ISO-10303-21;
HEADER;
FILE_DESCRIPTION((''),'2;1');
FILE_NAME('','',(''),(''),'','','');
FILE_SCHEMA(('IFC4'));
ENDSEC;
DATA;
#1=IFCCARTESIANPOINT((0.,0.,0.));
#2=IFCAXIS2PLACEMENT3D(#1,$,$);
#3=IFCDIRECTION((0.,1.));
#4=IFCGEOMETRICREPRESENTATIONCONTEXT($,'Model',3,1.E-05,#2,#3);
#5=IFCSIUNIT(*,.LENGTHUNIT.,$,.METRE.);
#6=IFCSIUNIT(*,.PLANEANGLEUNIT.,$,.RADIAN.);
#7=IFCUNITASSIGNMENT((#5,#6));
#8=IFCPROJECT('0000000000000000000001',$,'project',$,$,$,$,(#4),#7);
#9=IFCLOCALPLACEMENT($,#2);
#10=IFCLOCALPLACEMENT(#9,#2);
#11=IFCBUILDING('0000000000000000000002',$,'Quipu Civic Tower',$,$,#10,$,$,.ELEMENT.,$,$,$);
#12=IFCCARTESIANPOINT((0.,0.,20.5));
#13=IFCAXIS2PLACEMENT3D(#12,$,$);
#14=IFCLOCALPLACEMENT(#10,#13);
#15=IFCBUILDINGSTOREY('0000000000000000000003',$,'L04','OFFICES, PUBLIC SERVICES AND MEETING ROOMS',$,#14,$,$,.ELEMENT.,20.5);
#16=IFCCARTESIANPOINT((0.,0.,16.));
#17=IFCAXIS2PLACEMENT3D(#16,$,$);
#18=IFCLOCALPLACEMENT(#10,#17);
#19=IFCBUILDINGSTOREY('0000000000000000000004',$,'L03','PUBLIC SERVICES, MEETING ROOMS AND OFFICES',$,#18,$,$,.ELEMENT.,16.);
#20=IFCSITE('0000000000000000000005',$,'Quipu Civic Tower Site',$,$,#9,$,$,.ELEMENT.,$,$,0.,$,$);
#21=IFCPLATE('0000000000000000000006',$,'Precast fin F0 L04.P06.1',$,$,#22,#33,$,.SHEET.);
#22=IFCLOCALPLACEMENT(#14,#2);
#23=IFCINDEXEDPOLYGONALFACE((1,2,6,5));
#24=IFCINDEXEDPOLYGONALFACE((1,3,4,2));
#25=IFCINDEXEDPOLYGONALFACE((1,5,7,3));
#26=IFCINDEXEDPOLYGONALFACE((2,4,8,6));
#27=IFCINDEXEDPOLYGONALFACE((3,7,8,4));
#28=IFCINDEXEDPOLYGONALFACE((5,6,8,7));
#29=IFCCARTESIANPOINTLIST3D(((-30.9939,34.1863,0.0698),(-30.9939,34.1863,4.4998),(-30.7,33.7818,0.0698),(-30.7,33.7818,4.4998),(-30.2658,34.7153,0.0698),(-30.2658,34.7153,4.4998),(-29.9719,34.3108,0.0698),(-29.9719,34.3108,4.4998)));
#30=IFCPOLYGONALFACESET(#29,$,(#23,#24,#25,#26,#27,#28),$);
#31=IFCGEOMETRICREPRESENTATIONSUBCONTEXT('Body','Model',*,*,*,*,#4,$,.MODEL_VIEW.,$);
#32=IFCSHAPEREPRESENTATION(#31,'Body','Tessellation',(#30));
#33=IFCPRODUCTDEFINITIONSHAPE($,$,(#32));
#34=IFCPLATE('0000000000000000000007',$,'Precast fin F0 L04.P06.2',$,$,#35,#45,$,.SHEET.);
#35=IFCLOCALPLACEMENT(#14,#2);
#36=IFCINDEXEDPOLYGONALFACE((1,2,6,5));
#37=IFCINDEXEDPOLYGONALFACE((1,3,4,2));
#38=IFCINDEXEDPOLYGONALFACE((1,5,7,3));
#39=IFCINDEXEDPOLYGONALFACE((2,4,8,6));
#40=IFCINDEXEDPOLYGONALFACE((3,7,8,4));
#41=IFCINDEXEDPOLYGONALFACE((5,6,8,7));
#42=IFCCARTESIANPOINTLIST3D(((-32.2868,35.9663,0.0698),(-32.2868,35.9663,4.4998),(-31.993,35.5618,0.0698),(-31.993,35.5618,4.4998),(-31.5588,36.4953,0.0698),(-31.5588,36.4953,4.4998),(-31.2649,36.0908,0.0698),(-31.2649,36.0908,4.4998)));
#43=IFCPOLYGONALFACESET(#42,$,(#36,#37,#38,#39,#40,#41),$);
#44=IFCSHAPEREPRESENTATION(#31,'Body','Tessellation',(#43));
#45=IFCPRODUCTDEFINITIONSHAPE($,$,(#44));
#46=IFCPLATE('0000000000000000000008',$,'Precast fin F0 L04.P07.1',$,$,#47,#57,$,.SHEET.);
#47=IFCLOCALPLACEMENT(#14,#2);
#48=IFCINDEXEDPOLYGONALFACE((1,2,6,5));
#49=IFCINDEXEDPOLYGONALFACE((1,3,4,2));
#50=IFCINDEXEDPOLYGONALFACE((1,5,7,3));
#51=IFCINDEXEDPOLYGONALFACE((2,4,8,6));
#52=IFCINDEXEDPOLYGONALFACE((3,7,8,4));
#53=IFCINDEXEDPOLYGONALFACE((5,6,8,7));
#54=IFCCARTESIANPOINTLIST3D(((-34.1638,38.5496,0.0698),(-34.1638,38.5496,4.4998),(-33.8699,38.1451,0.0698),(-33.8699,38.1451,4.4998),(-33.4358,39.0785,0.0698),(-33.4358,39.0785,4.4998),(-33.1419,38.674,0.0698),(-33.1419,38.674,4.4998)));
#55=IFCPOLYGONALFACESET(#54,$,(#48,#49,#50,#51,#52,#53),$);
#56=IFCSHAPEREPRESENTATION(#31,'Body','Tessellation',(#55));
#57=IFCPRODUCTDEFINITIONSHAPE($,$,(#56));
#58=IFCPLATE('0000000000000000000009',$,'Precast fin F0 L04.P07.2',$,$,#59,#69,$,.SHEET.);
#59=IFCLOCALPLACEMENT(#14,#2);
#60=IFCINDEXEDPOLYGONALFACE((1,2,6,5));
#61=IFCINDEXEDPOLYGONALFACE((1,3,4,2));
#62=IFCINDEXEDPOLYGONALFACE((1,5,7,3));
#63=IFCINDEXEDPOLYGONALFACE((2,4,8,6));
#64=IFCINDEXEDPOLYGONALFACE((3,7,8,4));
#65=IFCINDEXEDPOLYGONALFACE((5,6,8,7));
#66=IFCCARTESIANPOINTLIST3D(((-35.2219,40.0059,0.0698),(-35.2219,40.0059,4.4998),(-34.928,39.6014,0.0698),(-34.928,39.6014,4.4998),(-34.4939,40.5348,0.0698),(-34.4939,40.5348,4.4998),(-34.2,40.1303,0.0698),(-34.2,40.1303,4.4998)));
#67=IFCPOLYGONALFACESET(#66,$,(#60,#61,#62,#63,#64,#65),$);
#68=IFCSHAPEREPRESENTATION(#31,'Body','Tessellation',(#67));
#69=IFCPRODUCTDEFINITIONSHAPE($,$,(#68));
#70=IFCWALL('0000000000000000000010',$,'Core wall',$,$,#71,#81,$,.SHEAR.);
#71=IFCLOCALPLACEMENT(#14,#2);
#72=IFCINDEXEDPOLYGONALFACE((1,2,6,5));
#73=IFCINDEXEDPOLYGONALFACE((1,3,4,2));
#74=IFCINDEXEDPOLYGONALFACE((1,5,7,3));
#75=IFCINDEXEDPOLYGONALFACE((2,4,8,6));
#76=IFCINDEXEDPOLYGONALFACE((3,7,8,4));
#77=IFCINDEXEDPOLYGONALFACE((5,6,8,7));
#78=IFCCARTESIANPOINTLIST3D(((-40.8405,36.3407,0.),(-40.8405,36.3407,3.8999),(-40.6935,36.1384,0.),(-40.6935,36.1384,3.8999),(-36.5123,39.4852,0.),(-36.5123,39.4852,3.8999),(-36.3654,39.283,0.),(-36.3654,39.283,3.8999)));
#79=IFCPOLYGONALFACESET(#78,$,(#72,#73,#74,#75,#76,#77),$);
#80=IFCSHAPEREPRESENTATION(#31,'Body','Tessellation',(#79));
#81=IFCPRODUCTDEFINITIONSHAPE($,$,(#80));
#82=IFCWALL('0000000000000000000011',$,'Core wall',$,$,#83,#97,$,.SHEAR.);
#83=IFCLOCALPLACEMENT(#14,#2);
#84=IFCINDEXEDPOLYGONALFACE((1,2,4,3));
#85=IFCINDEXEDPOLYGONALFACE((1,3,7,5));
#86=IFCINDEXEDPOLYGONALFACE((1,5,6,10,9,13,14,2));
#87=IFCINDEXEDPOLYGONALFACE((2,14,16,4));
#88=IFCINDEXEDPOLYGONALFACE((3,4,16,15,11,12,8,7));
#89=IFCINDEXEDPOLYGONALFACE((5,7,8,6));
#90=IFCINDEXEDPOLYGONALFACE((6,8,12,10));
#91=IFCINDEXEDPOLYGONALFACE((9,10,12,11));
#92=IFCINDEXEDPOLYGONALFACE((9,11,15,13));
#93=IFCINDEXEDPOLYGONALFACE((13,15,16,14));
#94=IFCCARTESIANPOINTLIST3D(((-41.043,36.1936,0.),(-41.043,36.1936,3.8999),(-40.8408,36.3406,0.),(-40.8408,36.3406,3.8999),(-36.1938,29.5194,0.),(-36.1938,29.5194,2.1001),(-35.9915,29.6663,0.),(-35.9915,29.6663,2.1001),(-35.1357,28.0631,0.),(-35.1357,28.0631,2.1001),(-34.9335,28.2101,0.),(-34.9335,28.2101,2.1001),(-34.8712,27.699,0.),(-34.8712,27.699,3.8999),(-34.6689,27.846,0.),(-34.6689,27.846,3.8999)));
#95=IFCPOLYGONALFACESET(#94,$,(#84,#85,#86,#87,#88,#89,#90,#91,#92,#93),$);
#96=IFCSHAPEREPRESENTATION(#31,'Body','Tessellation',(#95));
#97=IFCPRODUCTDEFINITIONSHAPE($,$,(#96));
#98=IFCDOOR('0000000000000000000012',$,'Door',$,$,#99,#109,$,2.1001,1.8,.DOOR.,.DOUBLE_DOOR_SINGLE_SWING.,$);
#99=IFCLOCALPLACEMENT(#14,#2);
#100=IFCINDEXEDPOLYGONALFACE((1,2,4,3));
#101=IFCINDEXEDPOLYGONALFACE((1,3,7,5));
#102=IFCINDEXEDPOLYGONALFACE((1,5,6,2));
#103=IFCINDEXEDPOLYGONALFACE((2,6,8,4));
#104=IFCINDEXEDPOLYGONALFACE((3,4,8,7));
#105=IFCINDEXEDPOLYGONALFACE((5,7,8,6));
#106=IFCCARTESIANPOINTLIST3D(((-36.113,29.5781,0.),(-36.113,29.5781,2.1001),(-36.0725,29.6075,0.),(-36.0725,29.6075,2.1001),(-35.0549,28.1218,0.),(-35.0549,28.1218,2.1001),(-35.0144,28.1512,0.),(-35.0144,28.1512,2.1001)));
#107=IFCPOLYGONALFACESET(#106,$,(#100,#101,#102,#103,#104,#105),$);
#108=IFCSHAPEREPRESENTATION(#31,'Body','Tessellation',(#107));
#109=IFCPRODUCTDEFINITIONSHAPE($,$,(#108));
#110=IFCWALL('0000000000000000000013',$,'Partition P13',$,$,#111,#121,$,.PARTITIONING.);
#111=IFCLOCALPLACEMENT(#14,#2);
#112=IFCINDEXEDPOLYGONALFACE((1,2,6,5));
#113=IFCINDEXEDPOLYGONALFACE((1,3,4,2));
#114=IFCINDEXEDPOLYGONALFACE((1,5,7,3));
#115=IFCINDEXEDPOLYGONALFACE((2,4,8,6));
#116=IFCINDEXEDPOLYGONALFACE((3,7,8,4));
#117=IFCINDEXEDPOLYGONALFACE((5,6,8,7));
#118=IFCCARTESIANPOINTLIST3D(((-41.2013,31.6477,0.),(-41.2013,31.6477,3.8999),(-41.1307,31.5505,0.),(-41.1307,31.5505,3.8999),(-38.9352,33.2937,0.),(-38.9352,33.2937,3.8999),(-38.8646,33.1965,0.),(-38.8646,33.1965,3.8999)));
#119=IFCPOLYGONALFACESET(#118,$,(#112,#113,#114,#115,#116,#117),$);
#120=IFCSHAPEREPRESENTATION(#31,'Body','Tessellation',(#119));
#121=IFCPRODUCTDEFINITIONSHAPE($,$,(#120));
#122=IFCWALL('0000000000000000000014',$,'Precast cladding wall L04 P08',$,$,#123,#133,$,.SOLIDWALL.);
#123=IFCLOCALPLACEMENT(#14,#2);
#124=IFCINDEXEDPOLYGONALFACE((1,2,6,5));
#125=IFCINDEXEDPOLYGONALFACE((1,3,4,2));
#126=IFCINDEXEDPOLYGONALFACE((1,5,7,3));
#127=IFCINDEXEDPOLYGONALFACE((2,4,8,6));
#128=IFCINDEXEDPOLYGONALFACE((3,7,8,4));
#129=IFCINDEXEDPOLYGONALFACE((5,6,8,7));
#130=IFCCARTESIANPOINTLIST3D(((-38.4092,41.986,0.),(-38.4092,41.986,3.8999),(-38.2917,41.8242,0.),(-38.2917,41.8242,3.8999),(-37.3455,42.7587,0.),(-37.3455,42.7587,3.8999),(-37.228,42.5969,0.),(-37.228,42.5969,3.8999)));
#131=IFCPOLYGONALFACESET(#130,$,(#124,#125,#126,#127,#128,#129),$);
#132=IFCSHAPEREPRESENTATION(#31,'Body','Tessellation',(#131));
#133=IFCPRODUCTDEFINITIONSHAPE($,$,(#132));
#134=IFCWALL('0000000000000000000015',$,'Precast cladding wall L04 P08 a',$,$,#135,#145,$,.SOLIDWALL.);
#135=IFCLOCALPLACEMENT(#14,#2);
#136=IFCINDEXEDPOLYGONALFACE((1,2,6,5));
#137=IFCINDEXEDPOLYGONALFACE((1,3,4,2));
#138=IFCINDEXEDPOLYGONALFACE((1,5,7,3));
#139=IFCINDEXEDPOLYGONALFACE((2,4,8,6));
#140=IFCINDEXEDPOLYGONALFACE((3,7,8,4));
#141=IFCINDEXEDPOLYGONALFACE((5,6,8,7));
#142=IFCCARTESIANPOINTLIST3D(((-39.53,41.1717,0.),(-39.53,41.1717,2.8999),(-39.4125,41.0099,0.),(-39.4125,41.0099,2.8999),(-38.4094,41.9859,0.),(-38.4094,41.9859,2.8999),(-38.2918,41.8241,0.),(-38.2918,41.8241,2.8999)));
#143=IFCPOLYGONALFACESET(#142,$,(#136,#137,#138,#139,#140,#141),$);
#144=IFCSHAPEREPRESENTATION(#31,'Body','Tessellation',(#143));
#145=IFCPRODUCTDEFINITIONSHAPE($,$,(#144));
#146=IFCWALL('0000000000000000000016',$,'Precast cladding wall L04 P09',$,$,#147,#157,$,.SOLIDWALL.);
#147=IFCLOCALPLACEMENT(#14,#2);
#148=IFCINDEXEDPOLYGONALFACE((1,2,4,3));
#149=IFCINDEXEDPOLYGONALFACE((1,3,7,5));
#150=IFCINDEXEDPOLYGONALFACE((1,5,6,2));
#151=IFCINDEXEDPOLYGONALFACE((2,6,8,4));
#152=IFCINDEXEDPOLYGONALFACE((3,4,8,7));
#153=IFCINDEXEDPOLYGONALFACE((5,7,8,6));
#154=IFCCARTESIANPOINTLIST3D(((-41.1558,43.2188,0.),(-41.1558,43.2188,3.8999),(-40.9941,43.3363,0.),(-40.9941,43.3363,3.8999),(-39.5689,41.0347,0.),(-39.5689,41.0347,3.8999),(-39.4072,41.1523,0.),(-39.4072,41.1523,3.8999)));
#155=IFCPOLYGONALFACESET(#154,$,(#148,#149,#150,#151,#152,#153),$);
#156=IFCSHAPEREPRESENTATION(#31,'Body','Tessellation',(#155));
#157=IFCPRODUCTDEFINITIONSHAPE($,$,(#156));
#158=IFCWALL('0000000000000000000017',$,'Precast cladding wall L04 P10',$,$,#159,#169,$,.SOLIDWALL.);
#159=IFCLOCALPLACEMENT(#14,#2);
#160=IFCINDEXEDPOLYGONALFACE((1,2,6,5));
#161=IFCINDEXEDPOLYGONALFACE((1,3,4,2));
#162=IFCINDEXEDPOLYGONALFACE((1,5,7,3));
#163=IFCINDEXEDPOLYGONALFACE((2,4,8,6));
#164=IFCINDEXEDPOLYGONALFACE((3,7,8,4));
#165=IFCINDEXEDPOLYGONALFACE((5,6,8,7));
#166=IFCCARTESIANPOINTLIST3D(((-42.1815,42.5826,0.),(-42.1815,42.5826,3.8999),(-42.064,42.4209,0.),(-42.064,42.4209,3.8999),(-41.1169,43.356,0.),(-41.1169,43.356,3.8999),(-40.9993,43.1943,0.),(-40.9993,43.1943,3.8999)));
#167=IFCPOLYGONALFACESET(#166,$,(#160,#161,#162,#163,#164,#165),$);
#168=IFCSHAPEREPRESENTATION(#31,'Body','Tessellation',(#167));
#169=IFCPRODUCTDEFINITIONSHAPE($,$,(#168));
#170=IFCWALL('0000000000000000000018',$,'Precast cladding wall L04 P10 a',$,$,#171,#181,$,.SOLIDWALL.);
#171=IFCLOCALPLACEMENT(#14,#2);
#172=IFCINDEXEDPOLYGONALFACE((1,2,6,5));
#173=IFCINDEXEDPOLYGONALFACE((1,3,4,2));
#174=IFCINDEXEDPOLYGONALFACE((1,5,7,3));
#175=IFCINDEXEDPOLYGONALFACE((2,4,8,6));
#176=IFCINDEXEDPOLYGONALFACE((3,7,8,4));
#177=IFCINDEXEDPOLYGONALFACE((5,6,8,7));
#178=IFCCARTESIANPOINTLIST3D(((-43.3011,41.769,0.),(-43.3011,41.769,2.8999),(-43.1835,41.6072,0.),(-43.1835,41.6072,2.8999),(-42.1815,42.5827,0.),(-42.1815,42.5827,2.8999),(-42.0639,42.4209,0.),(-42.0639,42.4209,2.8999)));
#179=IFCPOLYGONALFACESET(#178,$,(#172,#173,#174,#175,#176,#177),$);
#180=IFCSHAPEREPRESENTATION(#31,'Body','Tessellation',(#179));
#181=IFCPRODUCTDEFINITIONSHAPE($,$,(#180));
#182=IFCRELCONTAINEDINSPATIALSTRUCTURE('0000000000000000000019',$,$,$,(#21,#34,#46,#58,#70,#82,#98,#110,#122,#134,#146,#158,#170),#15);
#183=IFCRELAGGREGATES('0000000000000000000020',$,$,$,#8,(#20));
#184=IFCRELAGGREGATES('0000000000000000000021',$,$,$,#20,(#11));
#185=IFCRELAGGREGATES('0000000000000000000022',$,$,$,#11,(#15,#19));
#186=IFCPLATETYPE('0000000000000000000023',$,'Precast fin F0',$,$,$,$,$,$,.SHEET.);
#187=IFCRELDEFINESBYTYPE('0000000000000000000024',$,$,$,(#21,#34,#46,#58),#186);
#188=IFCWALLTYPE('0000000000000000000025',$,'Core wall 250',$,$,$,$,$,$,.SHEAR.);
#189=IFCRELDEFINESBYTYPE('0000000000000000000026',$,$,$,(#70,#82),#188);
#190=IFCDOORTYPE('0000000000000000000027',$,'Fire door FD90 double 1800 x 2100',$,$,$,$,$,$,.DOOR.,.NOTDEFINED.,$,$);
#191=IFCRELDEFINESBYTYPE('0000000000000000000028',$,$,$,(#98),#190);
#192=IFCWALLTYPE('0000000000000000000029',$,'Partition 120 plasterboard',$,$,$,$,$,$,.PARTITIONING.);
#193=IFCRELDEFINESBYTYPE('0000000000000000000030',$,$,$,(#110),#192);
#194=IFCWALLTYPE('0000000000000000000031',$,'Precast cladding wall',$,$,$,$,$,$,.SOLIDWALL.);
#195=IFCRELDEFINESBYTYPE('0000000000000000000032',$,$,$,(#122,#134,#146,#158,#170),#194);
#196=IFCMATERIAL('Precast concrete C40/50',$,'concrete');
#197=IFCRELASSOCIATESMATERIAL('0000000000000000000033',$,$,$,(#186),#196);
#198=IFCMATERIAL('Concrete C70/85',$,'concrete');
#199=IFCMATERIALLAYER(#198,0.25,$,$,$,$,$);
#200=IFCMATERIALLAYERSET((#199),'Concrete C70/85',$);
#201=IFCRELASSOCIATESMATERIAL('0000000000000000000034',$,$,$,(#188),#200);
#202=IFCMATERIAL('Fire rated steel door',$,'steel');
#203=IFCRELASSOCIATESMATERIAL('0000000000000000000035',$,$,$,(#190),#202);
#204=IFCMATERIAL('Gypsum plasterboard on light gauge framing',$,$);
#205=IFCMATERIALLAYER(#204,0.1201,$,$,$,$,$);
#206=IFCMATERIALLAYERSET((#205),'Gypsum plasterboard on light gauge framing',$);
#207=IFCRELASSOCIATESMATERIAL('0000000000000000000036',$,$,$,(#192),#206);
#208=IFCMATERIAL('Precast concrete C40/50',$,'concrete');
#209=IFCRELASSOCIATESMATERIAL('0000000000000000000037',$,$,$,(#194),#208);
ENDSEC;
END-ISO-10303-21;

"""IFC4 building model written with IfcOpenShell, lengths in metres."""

from ifc_helpers import new_model, si_unit, direction, frame, frame_2d, origin, origin_2d, place, context, subcontext, project, spatial, rectangle, extrude, material, layer, layer_set, type_object, element, fill, save


model = new_model("IFC4")

# Units and contexts
model_context = context("Model", 3, precision=1e-05, world=origin(), true_north=direction((0.0, 1.0)))
body_context = subcontext(model_context, "Body", "Model", "MODEL_VIEW")
ifc_project = project(units=[si_unit("LENGTHUNIT", "METRE"), si_unit("PLANEANGLEUNIT", "RADIAN")], contexts=[model_context])

# Site, building, storey
site_placement = place(None, origin())
site = spatial("IfcSite", under=ifc_project, at=site_placement, Name="Quipu Civic Tower Site", CompositionType="ELEMENT", RefElevation=0.0)
building_placement = place(site_placement, origin())
building = spatial("IfcBuilding", under=site, at=building_placement, Name="Quipu Civic Tower", CompositionType="ELEMENT")
storey_1_placement = place(building_placement, frame((0.0, 0.0, 20.5)))
storey_1 = spatial("IfcBuildingStorey", under=building, at=storey_1_placement, Name="L04", Description="OFFICES, PUBLIC SERVICES AND MEETING ROOMS", CompositionType="ELEMENT", Elevation=20.5)

# Shared definitions
storey_2_placement = place(building_placement, frame((0.0, 0.0, 16.0)))
storey_2 = spatial("IfcBuildingStorey", under=building, at=storey_2_placement, Name="L03", Description="PUBLIC SERVICES, MEETING ROOMS AND OFFICES", CompositionType="ELEMENT", Elevation=16.0)

# Plates
ifc_material_1 = material(Name="Precast concrete C40/50", Category="concrete")
plate_type_1 = type_object("IfcPlateType", Name="Precast fin F0", PredefinedType="SHEET", material=ifc_material_1)
for number, where, z_axis, x_axis, name in (
    (1, (-30.4829, 34.2485, 0.0698), (0.0, 0.0, 1.0), (-0.587785, 0.809017, 0.0), "Precast fin F0 L04.P06.1"),
    (2, (-31.7759, 36.0286, 0.0698), (0.0, 0.0, 1.0), (-0.587785, 0.809017, 0.0), "Precast fin F0 L04.P06.2"),
    (3, (-33.6528, 38.6118, 0.0698), (0.0, 0.0, 1.0), (-0.587785, 0.809017, 0.0), "Precast fin F0 L04.P07.1"),
    (4, (-34.7109, 40.0681, 0.0698), (0.0, 0.0, 1.0), (-0.587785, 0.809017, 0.0), "Precast fin F0 L04.P07.2"),
):
    element("IfcPlate", number, at=place(storey_1_placement, frame(where, z_axis=z_axis, x_axis=x_axis)), inside=storey_1, type_object=plate_type_1, Name=name, PredefinedType="SHEET", context=body_context, shape_type="SweptSolid", body=[
        extrude(rectangle(XDim=0.5, YDim=0.8999, at=origin_2d()), origin(), (0.0, 0.0, 1.0), 4.4299),
    ])

# Wall
ifc_material_2 = material(Name="Concrete C70/85", Category="concrete")
ifc_layer_1 = layer(ifc_material_2, 0.25)
ifc_layer_set_1 = layer_set([ifc_layer_1], Name="Concrete C70/85")
wall_type_1 = type_object("IfcWallType", Name="Core wall 250", PredefinedType="SHEAR", material=ifc_layer_set_1)
wall_1_placement = place(storey_1_placement, frame((-36.439, 39.384, 0.0), z_axis=(0.0, 0.0, 1.0), x_axis=(-0.80902, -0.587781, 0.0)))
element("IfcWall", 5, at=wall_1_placement, inside=storey_1, type_object=wall_type_1, Name="Core wall", PredefinedType="SHEAR", context=body_context, shape_type="SweptSolid", body=[
    extrude(rectangle(XDim=5.3499, YDim=0.25, at=frame_2d((2.6748, 0.0))), origin(), (0.0, 0.0, 1.0), 3.8999),
])

# Wall, opening, door
wall_2_placement = place(storey_1_placement, frame((-40.9419, 36.2671, 0.0), z_axis=(0.0, 0.0, 1.0), x_axis=(0.587796, -0.809009, 0.0)))
wall_2 = element("IfcWall", 6, at=wall_2_placement, inside=storey_1, type_object=wall_type_1, Name="Core wall", PredefinedType="SHEAR", context=body_context, shape_type="SweptSolid", body=[
    extrude(rectangle(XDim=10.5, YDim=0.25, at=frame_2d((5.25, 0.0))), origin(), (0.0, 0.0, 1.0), 3.8999),
])
opening_placement = place(wall_2_placement, frame((8.25, 0.0, 0.0)))
opening = element("IfcOpeningElement", 7, at=opening_placement, cuts=wall_2, PredefinedType="OPENING", context=body_context, shape_type="SweptSolid", body=[
    extrude(rectangle(XDim=1.8, YDim=2.1001, at=frame_2d((0.8999, 1.05))), frame((0.0, 0.135, 0.0), z_axis=(0.0, -1.0, 0.0), x_axis=(1.0, 0.0, 0.0)), (0.0, 0.0, 1.0), 0.27),
])
ifc_material_3 = material(Name="Fire rated steel door", Category="steel")
door_type = type_object("IfcDoorType", Name="Fire door FD90 double 1800 x 2100", OperationType="NOTDEFINED", PredefinedType="DOOR", material=ifc_material_3)
door_placement = place(opening_placement, origin())
door = element("IfcDoor", 8, at=door_placement, inside=storey_1, type_object=door_type, Name="Door", OperationType="DOUBLE_DOOR_SINGLE_SWING", OverallHeight=2.1001, OverallWidth=1.8, PredefinedType="DOOR", context=body_context, shape_type="SweptSolid", body=[
    extrude(rectangle(XDim=1.8, YDim=2.1001, at=frame_2d((0.8999, 1.05))), frame((0.0, 0.0249, 0.0), z_axis=(0.0, -1.0, 0.0), x_axis=(1.0, 0.0, 0.0)), (0.0, 0.0, 1.0), 0.05),
])
fill(opening, door)

# Walls
ifc_material_4 = material(Name="Gypsum plasterboard on light gauge framing")
ifc_layer_2 = layer(ifc_material_4, 0.1201)
ifc_layer_set_2 = layer_set([ifc_layer_2], Name="Gypsum plasterboard on light gauge framing")
wall_type_2 = type_object("IfcWallType", Name="Partition 120 plasterboard", PredefinedType="PARTITIONING", material=ifc_layer_set_2)
wall_3_placement = place(storey_1_placement, frame((-41.166, 31.5991, 0.0), z_axis=(0.0, 0.0, 1.0), x_axis=(0.80909, 0.587684, 0.0)))
element("IfcWall", 9, at=wall_3_placement, inside=storey_1, type_object=wall_type_2, Name="Partition P13", PredefinedType="PARTITIONING", context=body_context, shape_type="SweptSolid", body=[
    extrude(rectangle(XDim=2.8008, YDim=0.1201, at=frame_2d((1.4004, 0.0))), origin(), (0.0, 0.0, 1.0), 3.8999),
])
ifc_material_5 = material(Name="Precast concrete C40/50", Category="concrete")
wall_type_3 = type_object("IfcWallType", Name="Precast cladding wall", PredefinedType="SOLIDWALL", material=ifc_material_5)
wall_4_placement = place(storey_1_placement, frame((-37.2869, 42.6777, 0.0), z_axis=(0.0, 0.0, 1.0), x_axis=(-0.809065, -0.587719, 0.0)))
element("IfcWall", 10, at=wall_4_placement, inside=storey_1, type_object=wall_type_3, Name="Precast cladding wall L04 P08", PredefinedType="SOLIDWALL", context=body_context, shape_type="SweptSolid", body=[
    extrude(rectangle(XDim=1.3147, YDim=0.2, at=frame_2d((0.6572, 0.0))), origin(), (0.0, 0.0, 1.0), 3.8999),
])
wall_5_placement = place(storey_1_placement, frame((-38.3506, 41.905, 0.0), z_axis=(0.0, 0.0, 1.0), x_axis=(-0.809003, -0.587805, 0.0)))
element("IfcWall", 11, at=wall_5_placement, inside=storey_1, type_object=wall_type_3, Name="Precast cladding wall L04 P08 a", PredefinedType="SOLIDWALL", context=body_context, shape_type="SweptSolid", body=[
    extrude(rectangle(XDim=1.3853, YDim=0.2, at=frame_2d((0.6926, 0.0))), origin(), (0.0, 0.0, 1.0), 2.8999),
])
wall_6_placement = place(storey_1_placement, frame((-39.488, 41.0935, 0.0), z_axis=(0.0, 0.0, 1.0), x_axis=(-0.587806, 0.809002, 0.0)))
element("IfcWall", 12, at=wall_6_placement, inside=storey_1, type_object=wall_type_3, Name="Precast cladding wall L04 P09", PredefinedType="SOLIDWALL", context=body_context, shape_type="SweptSolid", body=[
    extrude(rectangle(XDim=2.6997, YDim=0.2, at=frame_2d((1.3499, 0.0))), origin(), (0.0, 0.0, 1.0), 3.8999),
])
wall_7_placement = place(storey_1_placement, frame((-41.0581, 43.2751, 0.0), z_axis=(0.0, 0.0, 1.0), x_axis=(-0.809057, -0.58773, 0.0)))
element("IfcWall", 13, at=wall_7_placement, inside=storey_1, type_object=wall_type_3, Name="Precast cladding wall L04 P10", PredefinedType="SOLIDWALL", context=body_context, shape_type="SweptSolid", body=[
    extrude(rectangle(XDim=1.3159, YDim=0.2, at=frame_2d((0.658, 0.0))), origin(), (0.0, 0.0, 1.0), 3.8999),
])
wall_8_placement = place(storey_1_placement, frame((-42.1228, 42.5017, 0.0), z_axis=(0.0, 0.0, 1.0), x_axis=(-0.808927, -0.587909, 0.0)))
element("IfcWall", 14, at=wall_8_placement, inside=storey_1, type_object=wall_type_3, Name="Precast cladding wall L04 P10 a", PredefinedType="SOLIDWALL", context=body_context, shape_type="SweptSolid", body=[
    extrude(rectangle(XDim=1.384, YDim=0.2, at=frame_2d((0.6919, 0.0))), origin(), (0.0, 0.0, 1.0), 2.8999),
])

save(model, "model.ifc")
